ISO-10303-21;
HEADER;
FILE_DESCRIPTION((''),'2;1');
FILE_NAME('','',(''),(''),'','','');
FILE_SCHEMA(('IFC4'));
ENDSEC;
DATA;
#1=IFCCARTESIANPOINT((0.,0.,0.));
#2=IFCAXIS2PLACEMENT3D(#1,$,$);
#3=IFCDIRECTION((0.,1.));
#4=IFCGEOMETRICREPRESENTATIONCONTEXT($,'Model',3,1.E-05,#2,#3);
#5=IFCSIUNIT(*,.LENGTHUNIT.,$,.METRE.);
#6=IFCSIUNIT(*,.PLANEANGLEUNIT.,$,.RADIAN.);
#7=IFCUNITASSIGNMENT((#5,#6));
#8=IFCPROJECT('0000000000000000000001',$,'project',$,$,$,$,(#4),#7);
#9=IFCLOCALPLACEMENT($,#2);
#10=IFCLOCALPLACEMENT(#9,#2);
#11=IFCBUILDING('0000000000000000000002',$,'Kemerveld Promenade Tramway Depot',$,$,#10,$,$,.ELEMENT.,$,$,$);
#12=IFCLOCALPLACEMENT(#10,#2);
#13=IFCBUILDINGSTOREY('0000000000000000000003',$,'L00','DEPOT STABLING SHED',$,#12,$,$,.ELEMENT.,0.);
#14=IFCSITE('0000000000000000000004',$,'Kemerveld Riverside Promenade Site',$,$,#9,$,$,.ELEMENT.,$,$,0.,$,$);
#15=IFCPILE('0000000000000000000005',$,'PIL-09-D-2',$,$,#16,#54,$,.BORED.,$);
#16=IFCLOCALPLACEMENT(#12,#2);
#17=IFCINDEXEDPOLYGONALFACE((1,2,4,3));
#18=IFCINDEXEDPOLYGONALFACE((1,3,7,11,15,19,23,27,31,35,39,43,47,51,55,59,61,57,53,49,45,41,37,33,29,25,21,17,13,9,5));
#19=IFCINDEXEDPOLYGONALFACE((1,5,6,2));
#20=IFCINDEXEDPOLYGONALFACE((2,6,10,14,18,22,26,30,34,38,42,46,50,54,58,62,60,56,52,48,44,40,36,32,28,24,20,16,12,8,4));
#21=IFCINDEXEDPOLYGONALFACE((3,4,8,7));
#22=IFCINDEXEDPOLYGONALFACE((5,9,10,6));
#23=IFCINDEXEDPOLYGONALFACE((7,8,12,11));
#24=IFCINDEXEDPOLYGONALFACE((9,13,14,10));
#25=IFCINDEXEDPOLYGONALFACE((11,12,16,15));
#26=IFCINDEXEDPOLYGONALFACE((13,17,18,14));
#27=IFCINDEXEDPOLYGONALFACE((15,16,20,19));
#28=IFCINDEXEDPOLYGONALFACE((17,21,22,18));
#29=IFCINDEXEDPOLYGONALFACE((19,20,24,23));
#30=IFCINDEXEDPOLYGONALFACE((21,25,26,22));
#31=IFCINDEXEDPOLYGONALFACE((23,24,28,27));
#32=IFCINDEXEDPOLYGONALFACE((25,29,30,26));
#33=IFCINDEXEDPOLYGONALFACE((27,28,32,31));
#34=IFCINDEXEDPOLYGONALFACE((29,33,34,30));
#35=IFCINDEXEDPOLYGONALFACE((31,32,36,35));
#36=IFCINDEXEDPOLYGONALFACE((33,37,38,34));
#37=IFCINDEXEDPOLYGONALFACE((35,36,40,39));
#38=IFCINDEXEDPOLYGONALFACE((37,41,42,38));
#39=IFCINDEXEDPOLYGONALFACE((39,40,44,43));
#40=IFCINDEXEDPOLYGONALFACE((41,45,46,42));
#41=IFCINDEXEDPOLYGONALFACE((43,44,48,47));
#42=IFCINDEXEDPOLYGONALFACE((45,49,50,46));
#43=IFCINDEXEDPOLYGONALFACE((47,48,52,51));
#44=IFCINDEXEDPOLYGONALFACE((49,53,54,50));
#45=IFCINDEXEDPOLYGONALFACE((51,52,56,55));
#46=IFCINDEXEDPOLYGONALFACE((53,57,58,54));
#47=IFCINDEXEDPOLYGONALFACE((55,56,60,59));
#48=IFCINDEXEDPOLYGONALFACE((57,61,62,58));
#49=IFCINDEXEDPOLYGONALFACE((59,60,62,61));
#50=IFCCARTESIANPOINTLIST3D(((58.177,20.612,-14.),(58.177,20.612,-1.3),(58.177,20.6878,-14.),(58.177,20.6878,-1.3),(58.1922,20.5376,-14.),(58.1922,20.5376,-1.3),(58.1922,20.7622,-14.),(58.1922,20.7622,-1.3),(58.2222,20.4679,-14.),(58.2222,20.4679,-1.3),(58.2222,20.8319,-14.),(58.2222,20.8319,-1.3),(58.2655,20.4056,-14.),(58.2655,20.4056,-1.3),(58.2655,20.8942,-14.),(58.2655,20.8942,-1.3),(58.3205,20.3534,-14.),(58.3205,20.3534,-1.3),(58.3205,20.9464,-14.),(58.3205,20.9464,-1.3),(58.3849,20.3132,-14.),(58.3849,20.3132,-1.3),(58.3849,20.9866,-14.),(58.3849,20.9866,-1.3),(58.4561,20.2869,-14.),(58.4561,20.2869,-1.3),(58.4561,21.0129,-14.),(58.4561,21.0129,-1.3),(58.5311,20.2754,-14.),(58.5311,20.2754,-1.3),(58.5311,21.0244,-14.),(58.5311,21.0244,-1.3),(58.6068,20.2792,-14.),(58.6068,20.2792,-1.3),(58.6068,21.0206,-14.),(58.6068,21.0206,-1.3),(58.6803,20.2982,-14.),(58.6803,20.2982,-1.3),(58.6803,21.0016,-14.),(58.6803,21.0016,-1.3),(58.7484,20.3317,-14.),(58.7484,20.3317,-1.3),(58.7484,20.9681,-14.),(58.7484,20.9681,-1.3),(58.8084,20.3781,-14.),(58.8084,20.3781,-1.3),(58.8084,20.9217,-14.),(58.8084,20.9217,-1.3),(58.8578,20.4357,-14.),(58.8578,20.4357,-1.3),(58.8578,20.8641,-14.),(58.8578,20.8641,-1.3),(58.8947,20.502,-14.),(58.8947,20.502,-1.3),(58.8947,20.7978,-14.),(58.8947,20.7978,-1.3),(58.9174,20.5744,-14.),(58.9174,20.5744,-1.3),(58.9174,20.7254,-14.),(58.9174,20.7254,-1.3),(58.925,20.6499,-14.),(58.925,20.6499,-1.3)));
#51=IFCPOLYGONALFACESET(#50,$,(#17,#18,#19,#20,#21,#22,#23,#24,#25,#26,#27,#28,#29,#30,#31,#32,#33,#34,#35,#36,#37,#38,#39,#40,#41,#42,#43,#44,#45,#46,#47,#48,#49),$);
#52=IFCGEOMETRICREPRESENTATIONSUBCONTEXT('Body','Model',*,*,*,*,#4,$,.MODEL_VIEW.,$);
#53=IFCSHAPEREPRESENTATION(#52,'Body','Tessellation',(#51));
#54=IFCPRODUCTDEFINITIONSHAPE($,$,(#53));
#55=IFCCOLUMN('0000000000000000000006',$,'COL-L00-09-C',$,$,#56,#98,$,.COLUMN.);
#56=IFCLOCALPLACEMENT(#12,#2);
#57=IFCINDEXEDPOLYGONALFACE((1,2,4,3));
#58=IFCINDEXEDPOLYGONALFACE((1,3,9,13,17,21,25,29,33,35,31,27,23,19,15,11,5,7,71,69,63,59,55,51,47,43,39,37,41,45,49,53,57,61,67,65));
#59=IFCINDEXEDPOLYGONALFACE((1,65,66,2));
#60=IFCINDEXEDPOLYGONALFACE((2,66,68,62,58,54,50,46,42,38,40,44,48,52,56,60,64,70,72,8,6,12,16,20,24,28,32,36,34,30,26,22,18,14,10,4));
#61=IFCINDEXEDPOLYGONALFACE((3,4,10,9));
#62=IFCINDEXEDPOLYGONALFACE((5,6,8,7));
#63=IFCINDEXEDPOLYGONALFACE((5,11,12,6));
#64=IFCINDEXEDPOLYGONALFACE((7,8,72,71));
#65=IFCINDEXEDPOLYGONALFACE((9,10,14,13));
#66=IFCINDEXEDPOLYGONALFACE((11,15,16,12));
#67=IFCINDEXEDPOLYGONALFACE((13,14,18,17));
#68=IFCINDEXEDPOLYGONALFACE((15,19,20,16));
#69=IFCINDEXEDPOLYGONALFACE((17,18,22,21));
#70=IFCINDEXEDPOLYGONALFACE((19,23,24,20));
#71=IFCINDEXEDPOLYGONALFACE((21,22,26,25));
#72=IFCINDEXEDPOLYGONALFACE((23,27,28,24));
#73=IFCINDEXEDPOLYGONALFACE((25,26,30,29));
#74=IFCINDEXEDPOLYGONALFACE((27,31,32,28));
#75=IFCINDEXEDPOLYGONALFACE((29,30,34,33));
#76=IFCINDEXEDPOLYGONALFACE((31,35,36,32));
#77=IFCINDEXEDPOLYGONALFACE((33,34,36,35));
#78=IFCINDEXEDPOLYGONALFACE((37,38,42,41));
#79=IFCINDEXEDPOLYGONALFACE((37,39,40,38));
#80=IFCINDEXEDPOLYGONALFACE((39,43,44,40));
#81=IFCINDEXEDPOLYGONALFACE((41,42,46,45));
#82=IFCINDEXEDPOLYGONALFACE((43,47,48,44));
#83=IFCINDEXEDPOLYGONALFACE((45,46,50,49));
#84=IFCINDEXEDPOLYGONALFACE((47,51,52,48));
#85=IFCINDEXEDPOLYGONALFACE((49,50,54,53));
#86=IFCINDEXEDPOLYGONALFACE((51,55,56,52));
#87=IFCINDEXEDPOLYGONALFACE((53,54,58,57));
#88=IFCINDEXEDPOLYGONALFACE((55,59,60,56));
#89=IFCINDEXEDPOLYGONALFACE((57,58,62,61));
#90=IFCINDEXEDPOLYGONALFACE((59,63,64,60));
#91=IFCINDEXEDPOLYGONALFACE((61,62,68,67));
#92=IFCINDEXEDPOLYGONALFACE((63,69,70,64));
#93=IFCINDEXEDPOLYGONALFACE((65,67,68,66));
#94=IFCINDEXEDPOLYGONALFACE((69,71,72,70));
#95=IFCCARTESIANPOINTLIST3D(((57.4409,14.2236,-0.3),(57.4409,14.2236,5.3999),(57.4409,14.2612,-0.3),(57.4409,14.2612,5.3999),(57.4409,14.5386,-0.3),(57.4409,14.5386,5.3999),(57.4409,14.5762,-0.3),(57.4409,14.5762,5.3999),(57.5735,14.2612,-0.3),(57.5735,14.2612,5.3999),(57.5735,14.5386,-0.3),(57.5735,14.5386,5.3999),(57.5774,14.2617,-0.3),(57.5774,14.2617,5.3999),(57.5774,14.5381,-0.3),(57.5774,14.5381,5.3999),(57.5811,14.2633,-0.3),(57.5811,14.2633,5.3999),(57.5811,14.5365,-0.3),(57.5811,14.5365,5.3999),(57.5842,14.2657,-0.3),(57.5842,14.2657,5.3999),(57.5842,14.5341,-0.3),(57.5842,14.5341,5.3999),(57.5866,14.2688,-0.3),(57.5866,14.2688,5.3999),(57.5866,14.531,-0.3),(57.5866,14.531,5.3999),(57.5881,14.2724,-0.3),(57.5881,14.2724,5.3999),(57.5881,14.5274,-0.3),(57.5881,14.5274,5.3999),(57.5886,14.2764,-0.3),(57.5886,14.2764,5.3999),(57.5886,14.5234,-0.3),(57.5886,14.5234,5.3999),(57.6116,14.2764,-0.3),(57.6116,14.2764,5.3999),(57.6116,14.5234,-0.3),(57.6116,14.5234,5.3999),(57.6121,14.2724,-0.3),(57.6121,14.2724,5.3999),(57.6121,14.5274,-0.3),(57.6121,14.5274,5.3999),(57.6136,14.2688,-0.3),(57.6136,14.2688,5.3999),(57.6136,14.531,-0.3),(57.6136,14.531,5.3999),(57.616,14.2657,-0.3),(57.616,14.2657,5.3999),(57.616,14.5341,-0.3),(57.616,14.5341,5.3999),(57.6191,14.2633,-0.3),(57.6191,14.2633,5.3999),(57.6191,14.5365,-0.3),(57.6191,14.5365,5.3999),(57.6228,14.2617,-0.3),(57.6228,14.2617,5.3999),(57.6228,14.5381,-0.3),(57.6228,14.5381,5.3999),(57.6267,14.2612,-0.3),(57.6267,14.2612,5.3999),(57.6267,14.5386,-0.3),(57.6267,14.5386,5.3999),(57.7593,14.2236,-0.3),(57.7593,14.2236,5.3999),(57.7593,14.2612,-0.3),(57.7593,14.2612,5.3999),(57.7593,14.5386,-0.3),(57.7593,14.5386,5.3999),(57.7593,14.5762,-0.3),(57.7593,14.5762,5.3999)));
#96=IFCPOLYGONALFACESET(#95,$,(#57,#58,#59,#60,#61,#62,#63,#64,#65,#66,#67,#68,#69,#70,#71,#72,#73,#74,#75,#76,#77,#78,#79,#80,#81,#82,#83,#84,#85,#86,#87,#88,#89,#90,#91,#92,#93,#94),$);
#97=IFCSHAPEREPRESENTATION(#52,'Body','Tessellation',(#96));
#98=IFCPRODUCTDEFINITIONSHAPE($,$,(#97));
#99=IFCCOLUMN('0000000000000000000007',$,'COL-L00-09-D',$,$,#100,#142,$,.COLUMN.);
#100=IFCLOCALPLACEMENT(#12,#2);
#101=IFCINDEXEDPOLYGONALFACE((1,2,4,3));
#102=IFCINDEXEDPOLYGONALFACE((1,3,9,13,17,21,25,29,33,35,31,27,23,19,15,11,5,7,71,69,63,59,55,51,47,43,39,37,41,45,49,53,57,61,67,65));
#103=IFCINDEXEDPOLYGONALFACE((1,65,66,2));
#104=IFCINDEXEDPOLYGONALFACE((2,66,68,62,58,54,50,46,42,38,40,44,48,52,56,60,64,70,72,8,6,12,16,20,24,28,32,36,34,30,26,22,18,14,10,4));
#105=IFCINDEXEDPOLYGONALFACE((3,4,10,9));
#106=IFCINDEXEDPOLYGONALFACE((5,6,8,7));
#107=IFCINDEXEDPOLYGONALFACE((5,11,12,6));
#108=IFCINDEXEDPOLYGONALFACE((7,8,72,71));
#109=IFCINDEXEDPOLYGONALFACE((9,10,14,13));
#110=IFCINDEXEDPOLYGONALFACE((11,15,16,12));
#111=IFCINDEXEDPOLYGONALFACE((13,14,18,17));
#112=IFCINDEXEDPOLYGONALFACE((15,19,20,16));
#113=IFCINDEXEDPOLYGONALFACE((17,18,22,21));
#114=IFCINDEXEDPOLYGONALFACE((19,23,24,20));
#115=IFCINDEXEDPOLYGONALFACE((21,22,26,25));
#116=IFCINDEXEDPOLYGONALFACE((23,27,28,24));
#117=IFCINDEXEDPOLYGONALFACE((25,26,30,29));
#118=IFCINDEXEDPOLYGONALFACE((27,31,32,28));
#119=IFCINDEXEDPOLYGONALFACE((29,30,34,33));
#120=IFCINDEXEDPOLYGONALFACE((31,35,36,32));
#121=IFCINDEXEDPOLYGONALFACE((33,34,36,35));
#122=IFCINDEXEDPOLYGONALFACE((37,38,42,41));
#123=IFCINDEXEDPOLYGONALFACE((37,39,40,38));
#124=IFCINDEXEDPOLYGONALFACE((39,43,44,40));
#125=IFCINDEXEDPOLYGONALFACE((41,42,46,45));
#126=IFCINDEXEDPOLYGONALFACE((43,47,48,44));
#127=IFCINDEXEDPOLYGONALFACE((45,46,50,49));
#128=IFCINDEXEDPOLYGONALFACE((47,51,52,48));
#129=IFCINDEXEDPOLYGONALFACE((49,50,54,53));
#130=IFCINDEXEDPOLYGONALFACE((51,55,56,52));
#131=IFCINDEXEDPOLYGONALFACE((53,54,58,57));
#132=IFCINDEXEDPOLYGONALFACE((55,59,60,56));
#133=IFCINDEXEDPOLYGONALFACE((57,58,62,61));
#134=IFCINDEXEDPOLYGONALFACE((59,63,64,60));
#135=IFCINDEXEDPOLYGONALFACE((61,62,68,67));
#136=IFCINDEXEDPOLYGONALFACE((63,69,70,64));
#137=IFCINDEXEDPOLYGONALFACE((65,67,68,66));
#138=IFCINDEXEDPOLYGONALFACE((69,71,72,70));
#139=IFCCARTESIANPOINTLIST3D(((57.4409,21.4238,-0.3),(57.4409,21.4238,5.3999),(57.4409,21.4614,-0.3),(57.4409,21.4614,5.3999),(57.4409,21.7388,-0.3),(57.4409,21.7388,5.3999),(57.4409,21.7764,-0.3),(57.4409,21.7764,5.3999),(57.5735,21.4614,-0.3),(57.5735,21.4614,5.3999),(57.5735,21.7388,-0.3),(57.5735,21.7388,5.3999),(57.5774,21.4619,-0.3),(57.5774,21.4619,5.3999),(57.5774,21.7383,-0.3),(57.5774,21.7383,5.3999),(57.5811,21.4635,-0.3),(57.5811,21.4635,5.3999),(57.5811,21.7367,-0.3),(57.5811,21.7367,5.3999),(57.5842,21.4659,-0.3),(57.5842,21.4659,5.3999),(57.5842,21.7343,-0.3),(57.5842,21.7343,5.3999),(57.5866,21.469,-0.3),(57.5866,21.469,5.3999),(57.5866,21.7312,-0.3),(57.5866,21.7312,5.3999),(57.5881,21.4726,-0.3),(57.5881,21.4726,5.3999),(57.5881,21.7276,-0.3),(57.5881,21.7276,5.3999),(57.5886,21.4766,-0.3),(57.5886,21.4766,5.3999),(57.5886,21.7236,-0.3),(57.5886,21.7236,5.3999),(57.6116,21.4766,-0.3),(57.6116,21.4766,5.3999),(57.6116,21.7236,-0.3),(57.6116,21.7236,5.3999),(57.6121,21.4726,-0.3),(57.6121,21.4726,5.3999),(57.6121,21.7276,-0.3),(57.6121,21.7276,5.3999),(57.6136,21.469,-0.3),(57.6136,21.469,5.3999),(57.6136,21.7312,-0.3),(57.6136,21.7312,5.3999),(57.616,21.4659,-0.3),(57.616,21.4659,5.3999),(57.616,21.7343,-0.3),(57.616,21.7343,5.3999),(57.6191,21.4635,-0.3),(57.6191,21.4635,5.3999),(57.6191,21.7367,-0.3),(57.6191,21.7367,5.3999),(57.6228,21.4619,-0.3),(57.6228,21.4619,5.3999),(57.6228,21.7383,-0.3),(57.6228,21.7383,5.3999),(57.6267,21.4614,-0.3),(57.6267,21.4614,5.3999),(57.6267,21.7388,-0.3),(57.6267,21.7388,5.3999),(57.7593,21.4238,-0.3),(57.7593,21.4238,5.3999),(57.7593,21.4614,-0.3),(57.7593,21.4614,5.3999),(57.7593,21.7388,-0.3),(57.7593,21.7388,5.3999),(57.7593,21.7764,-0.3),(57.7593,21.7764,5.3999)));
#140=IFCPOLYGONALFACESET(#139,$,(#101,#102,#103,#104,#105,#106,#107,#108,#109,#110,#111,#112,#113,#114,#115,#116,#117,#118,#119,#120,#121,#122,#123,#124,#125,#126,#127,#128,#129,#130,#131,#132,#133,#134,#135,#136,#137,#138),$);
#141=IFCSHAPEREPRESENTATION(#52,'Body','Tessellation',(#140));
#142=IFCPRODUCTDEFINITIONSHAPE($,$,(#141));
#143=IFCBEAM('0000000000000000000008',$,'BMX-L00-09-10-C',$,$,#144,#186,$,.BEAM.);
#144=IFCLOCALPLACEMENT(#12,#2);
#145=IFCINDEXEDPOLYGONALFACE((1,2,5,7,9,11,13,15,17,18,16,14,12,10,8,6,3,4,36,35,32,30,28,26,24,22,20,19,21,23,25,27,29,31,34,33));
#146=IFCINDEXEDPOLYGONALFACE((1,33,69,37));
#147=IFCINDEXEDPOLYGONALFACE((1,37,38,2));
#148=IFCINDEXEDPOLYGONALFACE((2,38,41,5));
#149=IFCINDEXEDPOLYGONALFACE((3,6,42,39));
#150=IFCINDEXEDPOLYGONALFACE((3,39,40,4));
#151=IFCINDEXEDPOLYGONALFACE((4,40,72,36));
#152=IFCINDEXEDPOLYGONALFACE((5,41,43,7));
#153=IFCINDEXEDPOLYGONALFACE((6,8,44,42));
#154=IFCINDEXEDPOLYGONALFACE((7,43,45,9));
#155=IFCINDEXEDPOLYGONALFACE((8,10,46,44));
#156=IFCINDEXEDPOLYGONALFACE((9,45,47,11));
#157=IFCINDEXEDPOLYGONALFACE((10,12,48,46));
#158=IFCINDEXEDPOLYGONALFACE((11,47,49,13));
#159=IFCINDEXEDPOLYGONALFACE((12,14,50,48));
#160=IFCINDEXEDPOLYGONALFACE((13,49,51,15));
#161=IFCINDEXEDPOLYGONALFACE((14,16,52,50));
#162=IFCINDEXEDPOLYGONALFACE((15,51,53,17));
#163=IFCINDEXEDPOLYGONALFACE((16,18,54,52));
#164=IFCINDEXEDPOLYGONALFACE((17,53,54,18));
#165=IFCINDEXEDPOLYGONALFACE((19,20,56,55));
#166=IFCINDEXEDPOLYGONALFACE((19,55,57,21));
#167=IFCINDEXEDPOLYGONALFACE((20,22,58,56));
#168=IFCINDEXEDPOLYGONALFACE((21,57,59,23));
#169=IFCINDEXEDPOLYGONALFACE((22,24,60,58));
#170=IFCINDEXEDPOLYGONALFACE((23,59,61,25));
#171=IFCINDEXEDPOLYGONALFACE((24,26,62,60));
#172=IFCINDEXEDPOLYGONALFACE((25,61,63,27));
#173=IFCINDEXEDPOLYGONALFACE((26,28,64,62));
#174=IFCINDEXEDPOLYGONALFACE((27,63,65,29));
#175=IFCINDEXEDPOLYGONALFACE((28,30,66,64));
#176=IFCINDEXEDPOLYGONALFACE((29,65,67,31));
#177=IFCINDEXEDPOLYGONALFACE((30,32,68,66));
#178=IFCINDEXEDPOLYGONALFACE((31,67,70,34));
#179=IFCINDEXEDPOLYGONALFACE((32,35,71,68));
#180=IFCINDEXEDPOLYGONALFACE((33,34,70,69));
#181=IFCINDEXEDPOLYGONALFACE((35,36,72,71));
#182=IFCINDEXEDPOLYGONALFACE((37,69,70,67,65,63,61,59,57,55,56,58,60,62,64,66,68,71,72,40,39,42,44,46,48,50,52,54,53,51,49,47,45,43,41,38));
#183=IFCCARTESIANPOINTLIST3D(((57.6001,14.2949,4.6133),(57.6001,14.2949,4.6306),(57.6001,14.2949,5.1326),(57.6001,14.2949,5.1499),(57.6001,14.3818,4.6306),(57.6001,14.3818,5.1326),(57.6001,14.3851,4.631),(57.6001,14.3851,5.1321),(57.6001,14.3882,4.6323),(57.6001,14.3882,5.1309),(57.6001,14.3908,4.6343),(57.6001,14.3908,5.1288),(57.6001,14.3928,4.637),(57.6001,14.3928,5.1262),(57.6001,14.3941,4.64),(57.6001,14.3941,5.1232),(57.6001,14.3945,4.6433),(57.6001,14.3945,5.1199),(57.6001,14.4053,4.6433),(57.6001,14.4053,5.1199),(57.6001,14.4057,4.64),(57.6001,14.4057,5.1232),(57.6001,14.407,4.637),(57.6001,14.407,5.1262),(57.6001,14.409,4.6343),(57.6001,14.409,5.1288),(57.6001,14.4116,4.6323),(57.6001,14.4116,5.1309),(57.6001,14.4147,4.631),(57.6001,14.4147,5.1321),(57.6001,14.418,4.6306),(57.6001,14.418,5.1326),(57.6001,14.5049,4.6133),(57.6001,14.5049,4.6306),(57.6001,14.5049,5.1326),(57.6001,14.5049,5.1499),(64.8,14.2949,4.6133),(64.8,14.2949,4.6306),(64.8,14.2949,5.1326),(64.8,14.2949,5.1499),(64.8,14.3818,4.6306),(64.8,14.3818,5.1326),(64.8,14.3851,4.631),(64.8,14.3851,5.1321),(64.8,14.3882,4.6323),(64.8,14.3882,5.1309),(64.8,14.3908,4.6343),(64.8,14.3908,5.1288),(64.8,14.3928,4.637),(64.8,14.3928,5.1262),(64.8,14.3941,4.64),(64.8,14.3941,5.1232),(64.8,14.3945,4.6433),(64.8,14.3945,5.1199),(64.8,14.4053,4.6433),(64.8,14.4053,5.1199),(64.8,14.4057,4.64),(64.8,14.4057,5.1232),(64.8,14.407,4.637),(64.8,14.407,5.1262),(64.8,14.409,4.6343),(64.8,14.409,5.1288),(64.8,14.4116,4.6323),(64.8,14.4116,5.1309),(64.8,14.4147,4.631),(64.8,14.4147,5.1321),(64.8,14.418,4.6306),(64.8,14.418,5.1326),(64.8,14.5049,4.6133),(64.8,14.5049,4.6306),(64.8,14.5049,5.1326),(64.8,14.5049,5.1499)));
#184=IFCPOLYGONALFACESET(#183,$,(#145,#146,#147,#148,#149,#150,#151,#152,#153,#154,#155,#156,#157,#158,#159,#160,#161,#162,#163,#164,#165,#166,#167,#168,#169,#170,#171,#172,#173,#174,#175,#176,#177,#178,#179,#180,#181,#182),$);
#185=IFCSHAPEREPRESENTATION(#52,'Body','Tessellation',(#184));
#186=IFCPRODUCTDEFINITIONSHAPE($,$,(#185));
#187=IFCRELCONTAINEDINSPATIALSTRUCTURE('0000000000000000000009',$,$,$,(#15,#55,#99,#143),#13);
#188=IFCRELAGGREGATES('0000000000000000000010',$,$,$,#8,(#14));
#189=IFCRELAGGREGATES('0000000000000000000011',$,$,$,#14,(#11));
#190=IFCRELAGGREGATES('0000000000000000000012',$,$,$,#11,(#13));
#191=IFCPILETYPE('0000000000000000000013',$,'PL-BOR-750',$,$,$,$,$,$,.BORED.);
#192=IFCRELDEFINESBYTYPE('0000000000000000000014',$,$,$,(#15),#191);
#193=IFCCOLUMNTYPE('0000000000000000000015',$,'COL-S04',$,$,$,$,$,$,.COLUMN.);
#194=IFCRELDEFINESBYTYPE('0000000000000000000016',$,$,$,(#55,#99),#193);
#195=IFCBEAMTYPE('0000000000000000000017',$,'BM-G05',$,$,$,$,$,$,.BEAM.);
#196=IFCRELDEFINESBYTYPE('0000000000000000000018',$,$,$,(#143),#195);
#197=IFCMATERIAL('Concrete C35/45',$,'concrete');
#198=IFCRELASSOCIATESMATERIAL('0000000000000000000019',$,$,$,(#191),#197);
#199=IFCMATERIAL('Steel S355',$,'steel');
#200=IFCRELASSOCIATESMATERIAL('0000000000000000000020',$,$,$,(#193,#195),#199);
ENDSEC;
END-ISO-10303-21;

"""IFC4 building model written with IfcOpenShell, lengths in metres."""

from ifc_helpers import new_model, si_unit, direction, frame, origin, origin_2d, place, context, subcontext, project, spatial, circle, i_section, extrude, material, material_profile, profile_set, type_object, element, save


model = new_model("IFC4")

# Units and contexts
model_context = context("Model", 3, precision=1e-05, world=origin(), true_north=direction((0.0, 1.0)))
body_context = subcontext(model_context, "Body", "Model", "MODEL_VIEW")
ifc_project = project(units=[si_unit("LENGTHUNIT", "METRE"), si_unit("PLANEANGLEUNIT", "RADIAN")], contexts=[model_context])

# Site, building, storey
site_placement = place(None, origin())
site = spatial("IfcSite", under=ifc_project, at=site_placement, Name="Kemerveld Riverside Promenade Site", CompositionType="ELEMENT", RefElevation=0.0)
building_placement = place(site_placement, origin())
building = spatial("IfcBuilding", under=site, at=building_placement, Name="Kemerveld Promenade Tramway Depot", CompositionType="ELEMENT")
storey_placement = place(building_placement, origin())
storey = spatial("IfcBuildingStorey", under=building, at=storey_placement, Name="L00", Description="DEPOT STABLING SHED", CompositionType="ELEMENT", Elevation=0.0)

# Shared definitions
ifc_material_1 = material(Name="Concrete C35/45", Category="concrete")

# Pile
ifc_material_profile_1 = material_profile(ifc_material_1, circle(Radius=0.375, at=origin_2d()), Name="PILE-D750")
ifc_profile_set_1 = profile_set([ifc_material_profile_1], Name="Concrete C35/45")
pile_type = type_object("IfcPileType", Name="PL-BOR-750", PredefinedType="BORED", material=ifc_profile_set_1)
for number, where, z_axis, x_axis, name in (
    (1, (58.55, 20.6499, -1.3), (0.0, 0.0, -1.0), (1.0, 0.0, 0.0), "PIL-09-D-2"),
):
    element("IfcPile", number, at=place(storey_placement, frame(where, z_axis=z_axis, x_axis=x_axis)), inside=storey, type_object=pile_type, Name=name, PredefinedType="BORED", context=body_context, shape_type="SweptSolid", body=[
        extrude(circle(Radius=0.375, at=origin_2d()), origin(), (0.0, 0.0, 1.0), 12.7),
    ])

# Columns
ifc_material_2 = material(Name="Steel S355", Category="steel")
ifc_material_profile_2 = material_profile(ifc_material_2, i_section(OverallWidth=0.3184, OverallDepth=0.3525, WebThickness=0.0229, FlangeThickness=0.0376, FilletRadius=0.0151, at=origin_2d()), Name="305x305x240 UC")
ifc_profile_set_2 = profile_set([ifc_material_profile_2], Name="Steel S355")
column_type = type_object("IfcColumnType", Name="COL-S04", PredefinedType="COLUMN", material=ifc_profile_set_2)
for number, where, z_axis, x_axis, name in (
    (2, (57.6001, 14.3999, -0.3), (0.0, 0.0, 1.0), (1.0, 0.0, 0.0), "COL-L00-09-C"),
    (3, (57.6001, 21.6001, -0.3), (0.0, 0.0, 1.0), (1.0, 0.0, 0.0), "COL-L00-09-D"),
):
    element("IfcColumn", number, at=place(storey_placement, frame(where, z_axis=z_axis, x_axis=x_axis)), inside=storey, type_object=column_type, Name=name, PredefinedType="COLUMN", context=body_context, shape_type="SweptSolid", body=[
        extrude(i_section(OverallWidth=0.3184, OverallDepth=0.3525, WebThickness=0.0229, FlangeThickness=0.0376, FilletRadius=0.0151, at=origin_2d()), origin(), (0.0, 0.0, 1.0), 5.7),
    ])

# Beam
ifc_material_profile_3 = material_profile(ifc_material_2, i_section(OverallWidth=0.21, OverallDepth=0.5366, WebThickness=0.0107, FlangeThickness=0.0173, FilletRadius=0.0127, at=origin_2d()), Name="533x210x101 UB")
ifc_profile_set_3 = profile_set([ifc_material_profile_3], Name="Steel S355")
beam_type_1 = type_object("IfcBeamType", Name="BM-G05", PredefinedType="BEAM", material=ifc_profile_set_3)
for number, where, z_axis, x_axis, name in (
    (4, (57.6001, 14.3999, 4.8816), (1.0, 0.0, 0.0), (0.0, 1.0, 0.0), "BMX-L00-09-10-C"),
):
    element("IfcBeam", number, at=place(storey_placement, frame(where, z_axis=z_axis, x_axis=x_axis)), inside=storey, type_object=beam_type_1, Name=name, PredefinedType="BEAM", context=body_context, shape_type="SweptSolid", body=[
        extrude(i_section(OverallWidth=0.21, OverallDepth=0.5366, WebThickness=0.0107, FlangeThickness=0.0173, FilletRadius=0.0127, at=origin_2d()), origin(), (0.0, 0.0, 1.0), 7.2),
    ])

save(model, "model.ifc")
